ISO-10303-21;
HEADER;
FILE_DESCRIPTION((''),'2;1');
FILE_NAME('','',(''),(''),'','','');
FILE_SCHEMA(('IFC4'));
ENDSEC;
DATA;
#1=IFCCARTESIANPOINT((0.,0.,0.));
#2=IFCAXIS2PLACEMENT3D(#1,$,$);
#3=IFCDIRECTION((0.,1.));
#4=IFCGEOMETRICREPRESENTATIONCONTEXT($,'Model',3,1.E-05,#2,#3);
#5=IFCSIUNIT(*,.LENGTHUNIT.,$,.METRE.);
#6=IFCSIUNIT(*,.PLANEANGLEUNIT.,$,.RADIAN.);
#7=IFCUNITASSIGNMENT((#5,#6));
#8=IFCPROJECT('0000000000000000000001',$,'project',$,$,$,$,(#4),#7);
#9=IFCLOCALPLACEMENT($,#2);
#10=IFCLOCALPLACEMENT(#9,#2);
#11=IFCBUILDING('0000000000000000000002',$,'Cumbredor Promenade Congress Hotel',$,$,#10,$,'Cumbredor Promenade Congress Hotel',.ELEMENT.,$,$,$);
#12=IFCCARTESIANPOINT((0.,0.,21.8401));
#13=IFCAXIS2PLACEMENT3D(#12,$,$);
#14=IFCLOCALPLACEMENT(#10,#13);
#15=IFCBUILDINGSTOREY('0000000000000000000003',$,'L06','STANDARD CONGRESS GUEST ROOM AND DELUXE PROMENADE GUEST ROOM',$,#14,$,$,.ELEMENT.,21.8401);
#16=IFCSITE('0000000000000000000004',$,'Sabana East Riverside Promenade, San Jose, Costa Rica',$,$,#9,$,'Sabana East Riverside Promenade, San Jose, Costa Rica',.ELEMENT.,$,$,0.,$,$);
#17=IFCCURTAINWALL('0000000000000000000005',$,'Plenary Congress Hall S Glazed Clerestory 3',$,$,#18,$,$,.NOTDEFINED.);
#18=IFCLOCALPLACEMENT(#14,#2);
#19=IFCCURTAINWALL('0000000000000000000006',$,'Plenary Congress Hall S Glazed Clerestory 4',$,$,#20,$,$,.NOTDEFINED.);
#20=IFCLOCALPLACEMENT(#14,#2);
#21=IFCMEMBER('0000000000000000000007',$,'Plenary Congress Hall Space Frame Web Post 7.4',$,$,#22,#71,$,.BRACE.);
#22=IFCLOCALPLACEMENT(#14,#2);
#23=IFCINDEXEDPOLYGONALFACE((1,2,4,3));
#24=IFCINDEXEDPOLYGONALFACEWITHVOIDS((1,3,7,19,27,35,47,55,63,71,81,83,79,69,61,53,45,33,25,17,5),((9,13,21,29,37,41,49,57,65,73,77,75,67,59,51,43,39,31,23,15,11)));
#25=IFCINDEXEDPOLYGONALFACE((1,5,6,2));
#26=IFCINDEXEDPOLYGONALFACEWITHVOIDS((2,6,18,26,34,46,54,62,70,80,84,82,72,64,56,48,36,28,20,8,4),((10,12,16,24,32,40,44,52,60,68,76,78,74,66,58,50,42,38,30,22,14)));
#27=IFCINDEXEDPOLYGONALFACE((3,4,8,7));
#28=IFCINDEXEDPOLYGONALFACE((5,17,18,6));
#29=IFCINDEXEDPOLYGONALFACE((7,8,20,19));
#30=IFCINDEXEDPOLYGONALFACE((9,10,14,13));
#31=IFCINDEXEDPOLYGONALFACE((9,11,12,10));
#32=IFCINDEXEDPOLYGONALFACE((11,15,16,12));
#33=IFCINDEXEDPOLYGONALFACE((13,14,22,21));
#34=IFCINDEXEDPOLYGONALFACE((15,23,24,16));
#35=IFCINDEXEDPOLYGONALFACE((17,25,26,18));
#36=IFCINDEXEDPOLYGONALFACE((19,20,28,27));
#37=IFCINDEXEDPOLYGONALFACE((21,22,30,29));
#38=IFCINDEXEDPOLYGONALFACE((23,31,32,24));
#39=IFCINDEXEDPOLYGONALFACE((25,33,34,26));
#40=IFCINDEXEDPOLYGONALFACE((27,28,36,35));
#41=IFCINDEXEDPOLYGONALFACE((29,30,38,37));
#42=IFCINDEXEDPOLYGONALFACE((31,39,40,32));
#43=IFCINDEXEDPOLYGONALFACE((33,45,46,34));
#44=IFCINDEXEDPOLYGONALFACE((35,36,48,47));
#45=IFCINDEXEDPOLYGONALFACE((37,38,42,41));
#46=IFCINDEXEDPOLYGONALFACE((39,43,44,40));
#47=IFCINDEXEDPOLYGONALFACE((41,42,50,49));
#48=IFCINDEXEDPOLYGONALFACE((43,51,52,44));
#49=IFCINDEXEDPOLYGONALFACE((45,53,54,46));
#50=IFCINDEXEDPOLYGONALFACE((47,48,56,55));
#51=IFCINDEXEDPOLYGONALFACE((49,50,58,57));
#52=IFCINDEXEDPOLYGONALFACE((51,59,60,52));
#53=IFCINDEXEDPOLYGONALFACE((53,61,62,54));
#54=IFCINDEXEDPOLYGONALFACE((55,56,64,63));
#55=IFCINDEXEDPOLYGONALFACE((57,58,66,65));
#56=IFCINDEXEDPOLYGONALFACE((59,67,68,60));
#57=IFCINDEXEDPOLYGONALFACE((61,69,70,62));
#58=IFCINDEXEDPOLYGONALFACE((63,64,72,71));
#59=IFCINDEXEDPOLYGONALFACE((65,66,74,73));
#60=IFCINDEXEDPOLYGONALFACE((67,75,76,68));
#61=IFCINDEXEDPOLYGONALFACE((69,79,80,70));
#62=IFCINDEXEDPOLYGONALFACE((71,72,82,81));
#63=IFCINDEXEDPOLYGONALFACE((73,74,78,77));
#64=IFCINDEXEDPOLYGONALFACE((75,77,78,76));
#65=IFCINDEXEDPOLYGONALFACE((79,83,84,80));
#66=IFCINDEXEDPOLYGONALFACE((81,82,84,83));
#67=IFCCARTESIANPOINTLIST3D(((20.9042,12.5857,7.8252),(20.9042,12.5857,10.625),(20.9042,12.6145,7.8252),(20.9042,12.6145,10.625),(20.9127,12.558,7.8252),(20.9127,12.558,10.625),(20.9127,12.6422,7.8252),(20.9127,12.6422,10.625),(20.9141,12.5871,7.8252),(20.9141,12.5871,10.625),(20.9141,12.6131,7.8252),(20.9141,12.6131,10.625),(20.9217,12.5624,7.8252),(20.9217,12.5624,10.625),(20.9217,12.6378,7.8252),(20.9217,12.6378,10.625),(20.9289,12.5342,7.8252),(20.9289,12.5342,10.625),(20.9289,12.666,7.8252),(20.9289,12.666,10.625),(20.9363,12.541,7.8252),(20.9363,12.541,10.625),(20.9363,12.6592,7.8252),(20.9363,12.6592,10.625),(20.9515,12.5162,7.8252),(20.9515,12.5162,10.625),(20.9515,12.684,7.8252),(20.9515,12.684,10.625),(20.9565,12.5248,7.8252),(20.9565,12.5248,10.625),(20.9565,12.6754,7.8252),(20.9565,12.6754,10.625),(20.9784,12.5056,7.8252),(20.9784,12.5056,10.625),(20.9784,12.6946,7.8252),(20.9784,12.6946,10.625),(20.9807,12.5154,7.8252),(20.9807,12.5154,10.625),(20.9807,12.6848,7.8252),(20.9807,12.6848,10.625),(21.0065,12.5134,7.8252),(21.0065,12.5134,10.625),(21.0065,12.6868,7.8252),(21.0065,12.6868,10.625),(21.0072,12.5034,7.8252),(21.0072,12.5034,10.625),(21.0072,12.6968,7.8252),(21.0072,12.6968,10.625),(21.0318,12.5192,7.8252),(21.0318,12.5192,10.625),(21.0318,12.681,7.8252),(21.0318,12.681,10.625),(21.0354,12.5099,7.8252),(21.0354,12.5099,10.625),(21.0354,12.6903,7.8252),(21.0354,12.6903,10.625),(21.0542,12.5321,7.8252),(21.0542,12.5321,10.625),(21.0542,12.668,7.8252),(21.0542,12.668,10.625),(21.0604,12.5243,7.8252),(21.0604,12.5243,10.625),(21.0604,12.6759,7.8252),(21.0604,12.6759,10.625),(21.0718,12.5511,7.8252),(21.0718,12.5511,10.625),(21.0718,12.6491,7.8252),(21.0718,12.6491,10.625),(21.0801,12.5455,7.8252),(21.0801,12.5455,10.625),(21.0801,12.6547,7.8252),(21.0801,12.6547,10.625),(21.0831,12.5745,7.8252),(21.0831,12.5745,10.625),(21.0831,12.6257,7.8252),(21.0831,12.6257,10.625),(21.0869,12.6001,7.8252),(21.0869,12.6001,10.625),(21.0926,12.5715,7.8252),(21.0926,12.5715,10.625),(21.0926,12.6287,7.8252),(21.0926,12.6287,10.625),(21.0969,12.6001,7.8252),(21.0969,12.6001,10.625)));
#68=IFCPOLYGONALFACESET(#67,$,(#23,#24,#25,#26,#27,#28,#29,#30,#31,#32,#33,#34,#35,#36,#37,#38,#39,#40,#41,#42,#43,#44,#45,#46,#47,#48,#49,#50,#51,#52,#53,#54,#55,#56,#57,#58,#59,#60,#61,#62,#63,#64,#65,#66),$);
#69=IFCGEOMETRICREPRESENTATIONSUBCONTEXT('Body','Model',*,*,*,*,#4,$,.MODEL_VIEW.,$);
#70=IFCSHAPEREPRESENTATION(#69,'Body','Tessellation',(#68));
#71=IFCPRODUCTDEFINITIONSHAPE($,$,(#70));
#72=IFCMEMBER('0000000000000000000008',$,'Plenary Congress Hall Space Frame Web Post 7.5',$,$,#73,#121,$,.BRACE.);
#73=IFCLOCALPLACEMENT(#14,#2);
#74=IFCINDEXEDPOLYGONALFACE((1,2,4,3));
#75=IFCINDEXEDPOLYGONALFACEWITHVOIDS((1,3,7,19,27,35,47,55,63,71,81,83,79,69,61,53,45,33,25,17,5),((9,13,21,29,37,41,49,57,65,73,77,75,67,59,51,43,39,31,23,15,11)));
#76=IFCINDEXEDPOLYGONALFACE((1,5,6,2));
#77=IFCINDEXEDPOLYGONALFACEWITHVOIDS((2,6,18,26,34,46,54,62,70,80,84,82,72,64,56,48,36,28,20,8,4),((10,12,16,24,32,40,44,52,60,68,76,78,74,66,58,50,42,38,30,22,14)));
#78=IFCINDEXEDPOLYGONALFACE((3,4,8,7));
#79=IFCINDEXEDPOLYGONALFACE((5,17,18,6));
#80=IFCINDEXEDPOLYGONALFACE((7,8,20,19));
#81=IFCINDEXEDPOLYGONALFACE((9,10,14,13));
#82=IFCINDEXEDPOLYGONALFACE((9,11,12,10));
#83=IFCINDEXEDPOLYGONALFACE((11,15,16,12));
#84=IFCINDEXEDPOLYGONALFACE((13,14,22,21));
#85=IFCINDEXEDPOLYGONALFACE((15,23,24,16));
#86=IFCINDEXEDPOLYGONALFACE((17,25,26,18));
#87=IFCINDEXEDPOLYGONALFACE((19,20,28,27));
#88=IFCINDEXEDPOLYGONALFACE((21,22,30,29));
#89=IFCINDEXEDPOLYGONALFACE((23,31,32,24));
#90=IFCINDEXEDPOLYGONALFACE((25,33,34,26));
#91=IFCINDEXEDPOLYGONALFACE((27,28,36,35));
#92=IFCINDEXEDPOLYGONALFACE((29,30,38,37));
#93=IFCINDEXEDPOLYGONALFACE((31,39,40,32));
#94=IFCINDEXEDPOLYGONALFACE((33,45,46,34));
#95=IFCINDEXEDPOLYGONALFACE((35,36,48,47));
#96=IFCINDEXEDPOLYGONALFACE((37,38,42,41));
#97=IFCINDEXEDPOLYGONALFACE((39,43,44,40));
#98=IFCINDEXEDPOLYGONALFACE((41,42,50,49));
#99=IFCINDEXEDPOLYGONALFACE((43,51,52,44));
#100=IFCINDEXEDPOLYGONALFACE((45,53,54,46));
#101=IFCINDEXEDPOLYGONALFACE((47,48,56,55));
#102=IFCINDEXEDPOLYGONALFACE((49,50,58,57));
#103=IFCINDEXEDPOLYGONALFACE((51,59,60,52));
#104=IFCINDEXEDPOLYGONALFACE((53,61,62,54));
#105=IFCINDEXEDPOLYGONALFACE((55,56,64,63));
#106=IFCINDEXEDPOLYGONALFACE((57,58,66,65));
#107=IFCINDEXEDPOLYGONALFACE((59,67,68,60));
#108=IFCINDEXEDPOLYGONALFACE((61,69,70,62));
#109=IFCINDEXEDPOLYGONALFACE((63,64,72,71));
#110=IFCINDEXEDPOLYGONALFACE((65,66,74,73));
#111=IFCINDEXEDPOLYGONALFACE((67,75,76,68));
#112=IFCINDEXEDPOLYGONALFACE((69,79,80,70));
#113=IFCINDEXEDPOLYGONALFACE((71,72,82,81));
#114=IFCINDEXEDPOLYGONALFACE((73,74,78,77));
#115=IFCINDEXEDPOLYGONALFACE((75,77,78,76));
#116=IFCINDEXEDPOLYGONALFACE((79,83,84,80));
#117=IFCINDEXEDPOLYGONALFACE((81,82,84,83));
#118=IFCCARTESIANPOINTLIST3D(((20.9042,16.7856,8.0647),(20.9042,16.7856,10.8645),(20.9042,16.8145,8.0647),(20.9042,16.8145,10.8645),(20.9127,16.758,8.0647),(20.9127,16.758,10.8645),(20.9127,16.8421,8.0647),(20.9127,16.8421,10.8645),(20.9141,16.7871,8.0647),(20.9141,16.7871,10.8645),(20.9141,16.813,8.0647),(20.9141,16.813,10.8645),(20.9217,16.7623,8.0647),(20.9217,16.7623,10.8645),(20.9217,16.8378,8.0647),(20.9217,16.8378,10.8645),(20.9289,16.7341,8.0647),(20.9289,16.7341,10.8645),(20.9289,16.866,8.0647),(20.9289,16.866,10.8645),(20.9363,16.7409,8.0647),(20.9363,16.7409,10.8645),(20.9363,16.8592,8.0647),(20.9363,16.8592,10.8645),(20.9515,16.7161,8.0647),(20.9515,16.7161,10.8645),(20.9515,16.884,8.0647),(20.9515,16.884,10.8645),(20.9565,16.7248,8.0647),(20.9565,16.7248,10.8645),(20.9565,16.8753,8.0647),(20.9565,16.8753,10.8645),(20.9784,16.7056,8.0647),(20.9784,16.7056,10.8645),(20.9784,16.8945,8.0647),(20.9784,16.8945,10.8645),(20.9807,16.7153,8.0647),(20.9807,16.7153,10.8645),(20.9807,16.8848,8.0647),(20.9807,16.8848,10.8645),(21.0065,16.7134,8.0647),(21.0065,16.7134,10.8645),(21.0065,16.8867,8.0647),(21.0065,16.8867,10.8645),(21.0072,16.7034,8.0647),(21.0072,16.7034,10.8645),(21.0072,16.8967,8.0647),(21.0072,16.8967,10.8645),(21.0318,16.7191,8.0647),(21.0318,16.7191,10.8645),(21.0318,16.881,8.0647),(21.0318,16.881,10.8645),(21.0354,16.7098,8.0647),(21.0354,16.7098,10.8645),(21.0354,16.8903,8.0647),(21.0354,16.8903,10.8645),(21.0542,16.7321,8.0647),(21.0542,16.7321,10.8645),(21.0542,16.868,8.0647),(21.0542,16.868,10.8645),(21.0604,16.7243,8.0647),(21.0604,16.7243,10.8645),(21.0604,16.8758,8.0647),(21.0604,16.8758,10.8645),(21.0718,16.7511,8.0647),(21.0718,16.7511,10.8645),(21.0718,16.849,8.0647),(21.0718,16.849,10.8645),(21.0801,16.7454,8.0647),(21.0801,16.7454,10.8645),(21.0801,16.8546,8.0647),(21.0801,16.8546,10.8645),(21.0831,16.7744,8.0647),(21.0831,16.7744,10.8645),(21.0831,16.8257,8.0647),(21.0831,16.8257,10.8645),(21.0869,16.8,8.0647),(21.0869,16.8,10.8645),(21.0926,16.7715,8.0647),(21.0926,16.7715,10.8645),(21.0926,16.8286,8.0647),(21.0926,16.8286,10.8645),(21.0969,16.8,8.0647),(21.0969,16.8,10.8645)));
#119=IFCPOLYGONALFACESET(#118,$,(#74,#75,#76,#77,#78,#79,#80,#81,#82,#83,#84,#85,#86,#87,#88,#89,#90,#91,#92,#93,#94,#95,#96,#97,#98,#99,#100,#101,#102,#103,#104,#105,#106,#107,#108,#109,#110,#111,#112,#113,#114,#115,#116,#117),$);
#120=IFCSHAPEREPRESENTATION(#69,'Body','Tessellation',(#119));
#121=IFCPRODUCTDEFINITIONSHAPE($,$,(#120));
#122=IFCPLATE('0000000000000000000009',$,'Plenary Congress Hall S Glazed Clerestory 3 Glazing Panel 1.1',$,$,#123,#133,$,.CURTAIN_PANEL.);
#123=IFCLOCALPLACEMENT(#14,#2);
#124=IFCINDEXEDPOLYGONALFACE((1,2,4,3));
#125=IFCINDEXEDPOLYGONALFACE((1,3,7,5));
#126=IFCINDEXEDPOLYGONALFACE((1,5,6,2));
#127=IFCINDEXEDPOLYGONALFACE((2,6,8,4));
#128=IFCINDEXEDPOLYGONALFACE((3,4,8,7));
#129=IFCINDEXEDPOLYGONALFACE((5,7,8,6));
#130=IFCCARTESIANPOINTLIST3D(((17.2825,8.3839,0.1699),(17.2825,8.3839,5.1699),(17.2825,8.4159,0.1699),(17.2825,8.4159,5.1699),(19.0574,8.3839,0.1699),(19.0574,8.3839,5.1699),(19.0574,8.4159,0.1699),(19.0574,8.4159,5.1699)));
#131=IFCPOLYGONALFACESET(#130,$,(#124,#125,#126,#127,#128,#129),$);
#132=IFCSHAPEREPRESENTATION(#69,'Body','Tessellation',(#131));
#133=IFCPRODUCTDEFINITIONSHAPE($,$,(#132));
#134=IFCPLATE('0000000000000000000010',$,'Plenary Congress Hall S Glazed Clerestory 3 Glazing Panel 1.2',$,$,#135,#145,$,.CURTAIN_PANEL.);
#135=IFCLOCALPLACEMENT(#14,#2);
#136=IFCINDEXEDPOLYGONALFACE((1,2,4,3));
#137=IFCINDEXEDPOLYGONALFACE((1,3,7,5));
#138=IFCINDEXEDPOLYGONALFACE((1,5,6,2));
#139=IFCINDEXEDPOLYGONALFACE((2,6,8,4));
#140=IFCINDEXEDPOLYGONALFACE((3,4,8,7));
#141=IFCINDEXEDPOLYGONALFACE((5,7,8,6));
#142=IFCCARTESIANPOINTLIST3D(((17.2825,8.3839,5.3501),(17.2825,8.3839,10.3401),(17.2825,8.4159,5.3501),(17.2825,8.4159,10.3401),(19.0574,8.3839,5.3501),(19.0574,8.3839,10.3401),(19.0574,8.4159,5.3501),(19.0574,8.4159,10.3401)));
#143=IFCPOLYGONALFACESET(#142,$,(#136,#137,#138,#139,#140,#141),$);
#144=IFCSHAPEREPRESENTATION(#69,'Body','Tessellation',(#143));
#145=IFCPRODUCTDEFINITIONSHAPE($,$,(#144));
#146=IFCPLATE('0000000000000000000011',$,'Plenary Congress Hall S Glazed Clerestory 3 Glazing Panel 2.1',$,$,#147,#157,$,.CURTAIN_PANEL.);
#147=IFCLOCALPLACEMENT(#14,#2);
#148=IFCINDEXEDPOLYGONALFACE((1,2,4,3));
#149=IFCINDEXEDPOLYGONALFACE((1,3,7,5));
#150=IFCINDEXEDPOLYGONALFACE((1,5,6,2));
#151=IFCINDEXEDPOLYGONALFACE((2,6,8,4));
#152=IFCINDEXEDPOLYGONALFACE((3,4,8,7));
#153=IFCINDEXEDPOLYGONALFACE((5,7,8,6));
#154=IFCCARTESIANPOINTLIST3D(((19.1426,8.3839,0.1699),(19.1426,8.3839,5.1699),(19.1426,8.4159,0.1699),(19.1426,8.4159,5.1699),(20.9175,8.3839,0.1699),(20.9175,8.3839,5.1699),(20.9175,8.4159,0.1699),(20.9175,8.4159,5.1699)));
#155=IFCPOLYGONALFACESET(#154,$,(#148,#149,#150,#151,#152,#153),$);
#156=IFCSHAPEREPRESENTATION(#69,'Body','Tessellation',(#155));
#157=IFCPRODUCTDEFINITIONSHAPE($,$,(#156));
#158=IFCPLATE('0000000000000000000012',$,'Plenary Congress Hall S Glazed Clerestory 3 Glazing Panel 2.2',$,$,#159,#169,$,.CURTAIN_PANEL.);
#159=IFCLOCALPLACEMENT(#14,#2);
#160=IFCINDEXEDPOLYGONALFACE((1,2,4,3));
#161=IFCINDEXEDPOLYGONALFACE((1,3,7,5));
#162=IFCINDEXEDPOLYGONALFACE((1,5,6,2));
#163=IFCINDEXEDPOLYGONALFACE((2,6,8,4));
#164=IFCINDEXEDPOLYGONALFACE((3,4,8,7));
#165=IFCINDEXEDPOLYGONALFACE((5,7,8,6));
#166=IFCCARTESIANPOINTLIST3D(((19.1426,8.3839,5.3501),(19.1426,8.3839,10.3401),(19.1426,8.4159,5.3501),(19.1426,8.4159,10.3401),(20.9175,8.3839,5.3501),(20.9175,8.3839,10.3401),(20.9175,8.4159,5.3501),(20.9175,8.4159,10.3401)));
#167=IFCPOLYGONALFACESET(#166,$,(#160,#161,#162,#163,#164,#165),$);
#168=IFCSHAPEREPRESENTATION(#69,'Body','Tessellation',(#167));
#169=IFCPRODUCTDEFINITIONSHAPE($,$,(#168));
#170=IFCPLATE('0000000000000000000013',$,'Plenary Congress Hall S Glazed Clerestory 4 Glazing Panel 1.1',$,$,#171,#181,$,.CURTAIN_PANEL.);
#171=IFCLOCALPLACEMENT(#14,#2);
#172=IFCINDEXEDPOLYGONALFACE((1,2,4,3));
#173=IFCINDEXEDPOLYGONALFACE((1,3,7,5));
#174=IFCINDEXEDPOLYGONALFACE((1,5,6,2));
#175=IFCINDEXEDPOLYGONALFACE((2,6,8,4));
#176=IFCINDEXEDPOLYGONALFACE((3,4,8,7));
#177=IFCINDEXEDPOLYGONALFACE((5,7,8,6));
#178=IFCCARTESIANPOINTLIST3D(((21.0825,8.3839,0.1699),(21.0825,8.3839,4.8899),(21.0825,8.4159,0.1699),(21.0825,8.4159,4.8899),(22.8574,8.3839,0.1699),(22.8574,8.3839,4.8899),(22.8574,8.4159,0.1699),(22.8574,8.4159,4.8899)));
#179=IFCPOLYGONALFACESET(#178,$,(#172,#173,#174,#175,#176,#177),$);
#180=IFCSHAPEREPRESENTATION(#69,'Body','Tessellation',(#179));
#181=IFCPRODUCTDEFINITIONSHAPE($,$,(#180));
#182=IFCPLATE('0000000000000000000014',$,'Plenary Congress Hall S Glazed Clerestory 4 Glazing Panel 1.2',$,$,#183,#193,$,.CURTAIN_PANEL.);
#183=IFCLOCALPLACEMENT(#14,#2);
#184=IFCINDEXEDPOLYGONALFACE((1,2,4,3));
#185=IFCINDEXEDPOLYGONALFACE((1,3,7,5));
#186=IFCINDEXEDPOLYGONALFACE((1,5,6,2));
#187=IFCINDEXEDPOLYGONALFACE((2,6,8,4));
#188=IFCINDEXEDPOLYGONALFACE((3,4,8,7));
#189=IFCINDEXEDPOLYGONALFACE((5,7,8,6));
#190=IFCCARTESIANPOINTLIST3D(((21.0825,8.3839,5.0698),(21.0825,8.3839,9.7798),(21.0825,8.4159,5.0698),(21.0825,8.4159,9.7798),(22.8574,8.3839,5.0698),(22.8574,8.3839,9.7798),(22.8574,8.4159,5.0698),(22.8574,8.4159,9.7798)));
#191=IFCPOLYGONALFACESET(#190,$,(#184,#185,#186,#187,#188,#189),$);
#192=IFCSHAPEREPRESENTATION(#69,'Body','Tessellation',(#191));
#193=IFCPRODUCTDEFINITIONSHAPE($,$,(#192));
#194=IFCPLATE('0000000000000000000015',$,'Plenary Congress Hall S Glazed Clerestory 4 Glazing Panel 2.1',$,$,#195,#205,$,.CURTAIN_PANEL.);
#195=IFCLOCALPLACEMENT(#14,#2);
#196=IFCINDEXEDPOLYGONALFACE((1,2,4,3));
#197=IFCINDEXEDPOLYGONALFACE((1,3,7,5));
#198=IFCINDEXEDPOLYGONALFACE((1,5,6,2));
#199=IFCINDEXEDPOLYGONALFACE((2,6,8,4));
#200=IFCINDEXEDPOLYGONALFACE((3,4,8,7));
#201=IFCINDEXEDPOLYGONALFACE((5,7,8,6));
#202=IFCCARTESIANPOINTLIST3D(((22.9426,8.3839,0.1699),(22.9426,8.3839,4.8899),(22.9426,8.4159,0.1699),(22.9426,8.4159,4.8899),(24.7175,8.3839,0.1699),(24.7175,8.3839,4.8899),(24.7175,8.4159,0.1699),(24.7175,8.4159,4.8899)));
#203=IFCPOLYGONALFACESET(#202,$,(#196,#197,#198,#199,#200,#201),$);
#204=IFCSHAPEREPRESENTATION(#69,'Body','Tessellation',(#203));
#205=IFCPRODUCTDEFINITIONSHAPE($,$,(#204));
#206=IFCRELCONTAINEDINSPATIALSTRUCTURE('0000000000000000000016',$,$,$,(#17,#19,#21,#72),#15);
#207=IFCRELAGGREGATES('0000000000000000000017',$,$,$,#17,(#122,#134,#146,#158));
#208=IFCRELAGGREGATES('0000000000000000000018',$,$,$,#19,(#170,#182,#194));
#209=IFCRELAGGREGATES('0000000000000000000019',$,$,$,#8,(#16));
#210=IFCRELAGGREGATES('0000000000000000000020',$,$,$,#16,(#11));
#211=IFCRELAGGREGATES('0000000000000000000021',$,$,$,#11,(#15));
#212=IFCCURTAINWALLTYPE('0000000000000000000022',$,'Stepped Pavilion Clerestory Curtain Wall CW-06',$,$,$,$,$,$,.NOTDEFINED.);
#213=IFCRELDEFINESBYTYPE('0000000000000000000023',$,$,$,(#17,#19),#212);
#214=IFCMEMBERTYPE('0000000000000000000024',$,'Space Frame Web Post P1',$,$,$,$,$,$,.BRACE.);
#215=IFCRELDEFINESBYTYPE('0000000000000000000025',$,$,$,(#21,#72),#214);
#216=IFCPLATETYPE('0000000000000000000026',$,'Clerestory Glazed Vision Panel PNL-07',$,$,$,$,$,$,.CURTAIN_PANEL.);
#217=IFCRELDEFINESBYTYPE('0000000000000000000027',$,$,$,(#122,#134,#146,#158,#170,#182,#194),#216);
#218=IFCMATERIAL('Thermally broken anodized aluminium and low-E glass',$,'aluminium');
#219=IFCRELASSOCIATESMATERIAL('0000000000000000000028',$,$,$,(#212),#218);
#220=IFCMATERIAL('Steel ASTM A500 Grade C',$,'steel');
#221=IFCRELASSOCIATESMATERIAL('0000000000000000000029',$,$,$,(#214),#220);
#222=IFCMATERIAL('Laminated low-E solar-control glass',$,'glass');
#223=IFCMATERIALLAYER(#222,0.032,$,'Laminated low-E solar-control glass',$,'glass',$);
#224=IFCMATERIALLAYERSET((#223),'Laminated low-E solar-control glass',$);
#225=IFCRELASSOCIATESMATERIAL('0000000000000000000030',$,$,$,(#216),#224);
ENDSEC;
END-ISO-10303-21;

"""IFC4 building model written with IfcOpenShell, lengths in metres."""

from ifc_helpers import new_model, si_unit, direction, frame, origin, origin_2d, place, context, subcontext, project, spatial, rectangle, hollow_circle, extrude, material, layer, layer_set, material_profile, profile_set, type_object, element, aggregate, save


model = new_model("IFC4")

# Units and contexts
model_context = context("Model", 3, precision=1e-05, world=origin(), true_north=direction((0.0, 1.0)))
body_context = subcontext(model_context, "Body", "Model", "MODEL_VIEW")
ifc_project = project(units=[si_unit("LENGTHUNIT", "METRE"), si_unit("PLANEANGLEUNIT", "RADIAN")], contexts=[model_context])

# Site, building, storey
site_placement = place(None, origin())
site = spatial("IfcSite", under=ifc_project, at=site_placement, Name="Sabana East Riverside Promenade, San Jose, Costa Rica", LongName="Sabana East Riverside Promenade, San Jose, Costa Rica", CompositionType="ELEMENT", RefElevation=0.0)
building_placement = place(site_placement, origin())
building = spatial("IfcBuilding", under=site, at=building_placement, Name="Cumbredor Promenade Congress Hotel", LongName="Cumbredor Promenade Congress Hotel", CompositionType="ELEMENT")
storey_placement = place(building_placement, frame((0.0, 0.0, 21.8401)))
storey = spatial("IfcBuildingStorey", under=building, at=storey_placement, Name="L06", Description="STANDARD CONGRESS GUEST ROOM AND DELUXE PROMENADE GUEST ROOM", CompositionType="ELEMENT", Elevation=21.8401)

# Curtain walls
ifc_material_1 = material(Name="Thermally broken anodized aluminium and low-E glass", Category="aluminium")
curtain_wall_type = type_object("IfcCurtainWallType", Name="Stepped Pavilion Clerestory Curtain Wall CW-06", PredefinedType="NOTDEFINED", material=ifc_material_1)
curtain_wall_1_placement = place(storey_placement, origin())
curtain_wall_1 = element("IfcCurtainWall", 1, at=curtain_wall_1_placement, inside=storey, type_object=curtain_wall_type, Name="Plenary Congress Hall S Glazed Clerestory 3", PredefinedType="NOTDEFINED")
curtain_wall_2_placement = place(storey_placement, origin())
curtain_wall_2 = element("IfcCurtainWall", 2, at=curtain_wall_2_placement, inside=storey, type_object=curtain_wall_type, Name="Plenary Congress Hall S Glazed Clerestory 4", PredefinedType="NOTDEFINED")

# Members
ifc_material_2 = material(Name="Steel ASTM A500 Grade C", Category="steel")
ifc_material_profile_1 = material_profile(ifc_material_2, hollow_circle(Radius=0.0969, WallThickness=0.01, at=origin_2d()), Name="CHS 193.7x10")
ifc_profile_set_1 = profile_set([ifc_material_profile_1], Name="Steel ASTM A500 Grade C")
member_type_1 = type_object("IfcMemberType", Name="Space Frame Web Post P1", PredefinedType="BRACE", material=ifc_profile_set_1)
for number, where, z_axis, x_axis, name in (
    (3, (21.0, 12.6001, 7.8252), (0.0, 0.0, 1.0), (1.0, 0.0, 0.0), "Plenary Congress Hall Space Frame Web Post 7.4"),
    (4, (21.0, 16.8, 8.0647), (0.0, 0.0, 1.0), (1.0, 0.0, 0.0), "Plenary Congress Hall Space Frame Web Post 7.5"),
):
    element("IfcMember", number, at=place(storey_placement, frame(where, z_axis=z_axis, x_axis=x_axis)), inside=storey, type_object=member_type_1, Name=name, PredefinedType="BRACE", context=body_context, shape_type="SweptSolid", body=[
        extrude(hollow_circle(Radius=0.0969, WallThickness=0.01, at=origin_2d()), origin(), (0.0, 0.0, 1.0), 2.7998),
    ])

# Plates
ifc_material_3 = material(Name="Laminated low-E solar-control glass", Category="glass")
ifc_layer_1 = layer(ifc_material_3, 0.032, Name="Laminated low-E solar-control glass", Category="glass")
ifc_layer_set_1 = layer_set([ifc_layer_1], Name="Laminated low-E solar-control glass")
plate_type_1 = type_object("IfcPlateType", Name="Clerestory Glazed Vision Panel PNL-07", PredefinedType="CURTAIN_PANEL", material=ifc_layer_set_1)
plate_1_placement = place(storey_placement, frame((18.1699, 8.3999, 0.1699), z_axis=(0.0, 0.0, 1.0), x_axis=(1.0, 0.0, 0.0)))
plate_1 = element("IfcPlate", 5, at=plate_1_placement, type_object=plate_type_1, Name="Plenary Congress Hall S Glazed Clerestory 3 Glazing Panel 1.1", PredefinedType="CURTAIN_PANEL", context=body_context, shape_type="SweptSolid", body=[
    extrude(rectangle(XDim=1.7749, YDim=0.032, at=origin_2d()), origin(), (0.0, 0.0, 1.0), 5.0),
])
plate_2_placement = place(storey_placement, frame((18.1699, 8.3999, 5.3501), z_axis=(0.0, 0.0, 1.0), x_axis=(1.0, 0.0, 0.0)))
plate_2 = element("IfcPlate", 6, at=plate_2_placement, type_object=plate_type_1, Name="Plenary Congress Hall S Glazed Clerestory 3 Glazing Panel 1.2", PredefinedType="CURTAIN_PANEL", context=body_context, shape_type="SweptSolid", body=[
    extrude(rectangle(XDim=1.7749, YDim=0.032, at=origin_2d()), origin(), (0.0, 0.0, 1.0), 4.99),
])
plate_3_placement = place(storey_placement, frame((20.03, 8.3999, 0.1699), z_axis=(0.0, 0.0, 1.0), x_axis=(1.0, 0.0, 0.0)))
plate_3 = element("IfcPlate", 7, at=plate_3_placement, type_object=plate_type_1, Name="Plenary Congress Hall S Glazed Clerestory 3 Glazing Panel 2.1", PredefinedType="CURTAIN_PANEL", context=body_context, shape_type="SweptSolid", body=[
    extrude(rectangle(XDim=1.7749, YDim=0.032, at=origin_2d()), origin(), (0.0, 0.0, 1.0), 5.0),
])
plate_4_placement = place(storey_placement, frame((20.03, 8.3999, 5.3501), z_axis=(0.0, 0.0, 1.0), x_axis=(1.0, 0.0, 0.0)))
plate_4 = element("IfcPlate", 8, at=plate_4_placement, type_object=plate_type_1, Name="Plenary Congress Hall S Glazed Clerestory 3 Glazing Panel 2.2", PredefinedType="CURTAIN_PANEL", context=body_context, shape_type="SweptSolid", body=[
    extrude(rectangle(XDim=1.7749, YDim=0.032, at=origin_2d()), origin(), (0.0, 0.0, 1.0), 4.99),
])
aggregate(curtain_wall_1, [plate_1, plate_2, plate_3, plate_4])
plate_5_placement = place(storey_placement, frame((21.97, 8.3999, 0.1699), z_axis=(0.0, 0.0, 1.0), x_axis=(1.0, 0.0, 0.0)))
plate_5 = element("IfcPlate", 9, at=plate_5_placement, type_object=plate_type_1, Name="Plenary Congress Hall S Glazed Clerestory 4 Glazing Panel 1.1", PredefinedType="CURTAIN_PANEL", context=body_context, shape_type="SweptSolid", body=[
    extrude(rectangle(XDim=1.7749, YDim=0.032, at=origin_2d()), origin(), (0.0, 0.0, 1.0), 4.72),
])
plate_6_placement = place(storey_placement, frame((21.97, 8.3999, 5.0698), z_axis=(0.0, 0.0, 1.0), x_axis=(1.0, 0.0, 0.0)))
plate_6 = element("IfcPlate", 10, at=plate_6_placement, type_object=plate_type_1, Name="Plenary Congress Hall S Glazed Clerestory 4 Glazing Panel 1.2", PredefinedType="CURTAIN_PANEL", context=body_context, shape_type="SweptSolid", body=[
    extrude(rectangle(XDim=1.7749, YDim=0.032, at=origin_2d()), origin(), (0.0, 0.0, 1.0), 4.71),
])
plate_7_placement = place(storey_placement, frame((23.8301, 8.3999, 0.1699), z_axis=(0.0, 0.0, 1.0), x_axis=(1.0, 0.0, 0.0)))
plate_7 = element("IfcPlate", 11, at=plate_7_placement, type_object=plate_type_1, Name="Plenary Congress Hall S Glazed Clerestory 4 Glazing Panel 2.1", PredefinedType="CURTAIN_PANEL", context=body_context, shape_type="SweptSolid", body=[
    extrude(rectangle(XDim=1.7749, YDim=0.032, at=origin_2d()), origin(), (0.0, 0.0, 1.0), 4.72),
])
aggregate(curtain_wall_2, [plate_5, plate_6, plate_7])

save(model, "model.ifc")
